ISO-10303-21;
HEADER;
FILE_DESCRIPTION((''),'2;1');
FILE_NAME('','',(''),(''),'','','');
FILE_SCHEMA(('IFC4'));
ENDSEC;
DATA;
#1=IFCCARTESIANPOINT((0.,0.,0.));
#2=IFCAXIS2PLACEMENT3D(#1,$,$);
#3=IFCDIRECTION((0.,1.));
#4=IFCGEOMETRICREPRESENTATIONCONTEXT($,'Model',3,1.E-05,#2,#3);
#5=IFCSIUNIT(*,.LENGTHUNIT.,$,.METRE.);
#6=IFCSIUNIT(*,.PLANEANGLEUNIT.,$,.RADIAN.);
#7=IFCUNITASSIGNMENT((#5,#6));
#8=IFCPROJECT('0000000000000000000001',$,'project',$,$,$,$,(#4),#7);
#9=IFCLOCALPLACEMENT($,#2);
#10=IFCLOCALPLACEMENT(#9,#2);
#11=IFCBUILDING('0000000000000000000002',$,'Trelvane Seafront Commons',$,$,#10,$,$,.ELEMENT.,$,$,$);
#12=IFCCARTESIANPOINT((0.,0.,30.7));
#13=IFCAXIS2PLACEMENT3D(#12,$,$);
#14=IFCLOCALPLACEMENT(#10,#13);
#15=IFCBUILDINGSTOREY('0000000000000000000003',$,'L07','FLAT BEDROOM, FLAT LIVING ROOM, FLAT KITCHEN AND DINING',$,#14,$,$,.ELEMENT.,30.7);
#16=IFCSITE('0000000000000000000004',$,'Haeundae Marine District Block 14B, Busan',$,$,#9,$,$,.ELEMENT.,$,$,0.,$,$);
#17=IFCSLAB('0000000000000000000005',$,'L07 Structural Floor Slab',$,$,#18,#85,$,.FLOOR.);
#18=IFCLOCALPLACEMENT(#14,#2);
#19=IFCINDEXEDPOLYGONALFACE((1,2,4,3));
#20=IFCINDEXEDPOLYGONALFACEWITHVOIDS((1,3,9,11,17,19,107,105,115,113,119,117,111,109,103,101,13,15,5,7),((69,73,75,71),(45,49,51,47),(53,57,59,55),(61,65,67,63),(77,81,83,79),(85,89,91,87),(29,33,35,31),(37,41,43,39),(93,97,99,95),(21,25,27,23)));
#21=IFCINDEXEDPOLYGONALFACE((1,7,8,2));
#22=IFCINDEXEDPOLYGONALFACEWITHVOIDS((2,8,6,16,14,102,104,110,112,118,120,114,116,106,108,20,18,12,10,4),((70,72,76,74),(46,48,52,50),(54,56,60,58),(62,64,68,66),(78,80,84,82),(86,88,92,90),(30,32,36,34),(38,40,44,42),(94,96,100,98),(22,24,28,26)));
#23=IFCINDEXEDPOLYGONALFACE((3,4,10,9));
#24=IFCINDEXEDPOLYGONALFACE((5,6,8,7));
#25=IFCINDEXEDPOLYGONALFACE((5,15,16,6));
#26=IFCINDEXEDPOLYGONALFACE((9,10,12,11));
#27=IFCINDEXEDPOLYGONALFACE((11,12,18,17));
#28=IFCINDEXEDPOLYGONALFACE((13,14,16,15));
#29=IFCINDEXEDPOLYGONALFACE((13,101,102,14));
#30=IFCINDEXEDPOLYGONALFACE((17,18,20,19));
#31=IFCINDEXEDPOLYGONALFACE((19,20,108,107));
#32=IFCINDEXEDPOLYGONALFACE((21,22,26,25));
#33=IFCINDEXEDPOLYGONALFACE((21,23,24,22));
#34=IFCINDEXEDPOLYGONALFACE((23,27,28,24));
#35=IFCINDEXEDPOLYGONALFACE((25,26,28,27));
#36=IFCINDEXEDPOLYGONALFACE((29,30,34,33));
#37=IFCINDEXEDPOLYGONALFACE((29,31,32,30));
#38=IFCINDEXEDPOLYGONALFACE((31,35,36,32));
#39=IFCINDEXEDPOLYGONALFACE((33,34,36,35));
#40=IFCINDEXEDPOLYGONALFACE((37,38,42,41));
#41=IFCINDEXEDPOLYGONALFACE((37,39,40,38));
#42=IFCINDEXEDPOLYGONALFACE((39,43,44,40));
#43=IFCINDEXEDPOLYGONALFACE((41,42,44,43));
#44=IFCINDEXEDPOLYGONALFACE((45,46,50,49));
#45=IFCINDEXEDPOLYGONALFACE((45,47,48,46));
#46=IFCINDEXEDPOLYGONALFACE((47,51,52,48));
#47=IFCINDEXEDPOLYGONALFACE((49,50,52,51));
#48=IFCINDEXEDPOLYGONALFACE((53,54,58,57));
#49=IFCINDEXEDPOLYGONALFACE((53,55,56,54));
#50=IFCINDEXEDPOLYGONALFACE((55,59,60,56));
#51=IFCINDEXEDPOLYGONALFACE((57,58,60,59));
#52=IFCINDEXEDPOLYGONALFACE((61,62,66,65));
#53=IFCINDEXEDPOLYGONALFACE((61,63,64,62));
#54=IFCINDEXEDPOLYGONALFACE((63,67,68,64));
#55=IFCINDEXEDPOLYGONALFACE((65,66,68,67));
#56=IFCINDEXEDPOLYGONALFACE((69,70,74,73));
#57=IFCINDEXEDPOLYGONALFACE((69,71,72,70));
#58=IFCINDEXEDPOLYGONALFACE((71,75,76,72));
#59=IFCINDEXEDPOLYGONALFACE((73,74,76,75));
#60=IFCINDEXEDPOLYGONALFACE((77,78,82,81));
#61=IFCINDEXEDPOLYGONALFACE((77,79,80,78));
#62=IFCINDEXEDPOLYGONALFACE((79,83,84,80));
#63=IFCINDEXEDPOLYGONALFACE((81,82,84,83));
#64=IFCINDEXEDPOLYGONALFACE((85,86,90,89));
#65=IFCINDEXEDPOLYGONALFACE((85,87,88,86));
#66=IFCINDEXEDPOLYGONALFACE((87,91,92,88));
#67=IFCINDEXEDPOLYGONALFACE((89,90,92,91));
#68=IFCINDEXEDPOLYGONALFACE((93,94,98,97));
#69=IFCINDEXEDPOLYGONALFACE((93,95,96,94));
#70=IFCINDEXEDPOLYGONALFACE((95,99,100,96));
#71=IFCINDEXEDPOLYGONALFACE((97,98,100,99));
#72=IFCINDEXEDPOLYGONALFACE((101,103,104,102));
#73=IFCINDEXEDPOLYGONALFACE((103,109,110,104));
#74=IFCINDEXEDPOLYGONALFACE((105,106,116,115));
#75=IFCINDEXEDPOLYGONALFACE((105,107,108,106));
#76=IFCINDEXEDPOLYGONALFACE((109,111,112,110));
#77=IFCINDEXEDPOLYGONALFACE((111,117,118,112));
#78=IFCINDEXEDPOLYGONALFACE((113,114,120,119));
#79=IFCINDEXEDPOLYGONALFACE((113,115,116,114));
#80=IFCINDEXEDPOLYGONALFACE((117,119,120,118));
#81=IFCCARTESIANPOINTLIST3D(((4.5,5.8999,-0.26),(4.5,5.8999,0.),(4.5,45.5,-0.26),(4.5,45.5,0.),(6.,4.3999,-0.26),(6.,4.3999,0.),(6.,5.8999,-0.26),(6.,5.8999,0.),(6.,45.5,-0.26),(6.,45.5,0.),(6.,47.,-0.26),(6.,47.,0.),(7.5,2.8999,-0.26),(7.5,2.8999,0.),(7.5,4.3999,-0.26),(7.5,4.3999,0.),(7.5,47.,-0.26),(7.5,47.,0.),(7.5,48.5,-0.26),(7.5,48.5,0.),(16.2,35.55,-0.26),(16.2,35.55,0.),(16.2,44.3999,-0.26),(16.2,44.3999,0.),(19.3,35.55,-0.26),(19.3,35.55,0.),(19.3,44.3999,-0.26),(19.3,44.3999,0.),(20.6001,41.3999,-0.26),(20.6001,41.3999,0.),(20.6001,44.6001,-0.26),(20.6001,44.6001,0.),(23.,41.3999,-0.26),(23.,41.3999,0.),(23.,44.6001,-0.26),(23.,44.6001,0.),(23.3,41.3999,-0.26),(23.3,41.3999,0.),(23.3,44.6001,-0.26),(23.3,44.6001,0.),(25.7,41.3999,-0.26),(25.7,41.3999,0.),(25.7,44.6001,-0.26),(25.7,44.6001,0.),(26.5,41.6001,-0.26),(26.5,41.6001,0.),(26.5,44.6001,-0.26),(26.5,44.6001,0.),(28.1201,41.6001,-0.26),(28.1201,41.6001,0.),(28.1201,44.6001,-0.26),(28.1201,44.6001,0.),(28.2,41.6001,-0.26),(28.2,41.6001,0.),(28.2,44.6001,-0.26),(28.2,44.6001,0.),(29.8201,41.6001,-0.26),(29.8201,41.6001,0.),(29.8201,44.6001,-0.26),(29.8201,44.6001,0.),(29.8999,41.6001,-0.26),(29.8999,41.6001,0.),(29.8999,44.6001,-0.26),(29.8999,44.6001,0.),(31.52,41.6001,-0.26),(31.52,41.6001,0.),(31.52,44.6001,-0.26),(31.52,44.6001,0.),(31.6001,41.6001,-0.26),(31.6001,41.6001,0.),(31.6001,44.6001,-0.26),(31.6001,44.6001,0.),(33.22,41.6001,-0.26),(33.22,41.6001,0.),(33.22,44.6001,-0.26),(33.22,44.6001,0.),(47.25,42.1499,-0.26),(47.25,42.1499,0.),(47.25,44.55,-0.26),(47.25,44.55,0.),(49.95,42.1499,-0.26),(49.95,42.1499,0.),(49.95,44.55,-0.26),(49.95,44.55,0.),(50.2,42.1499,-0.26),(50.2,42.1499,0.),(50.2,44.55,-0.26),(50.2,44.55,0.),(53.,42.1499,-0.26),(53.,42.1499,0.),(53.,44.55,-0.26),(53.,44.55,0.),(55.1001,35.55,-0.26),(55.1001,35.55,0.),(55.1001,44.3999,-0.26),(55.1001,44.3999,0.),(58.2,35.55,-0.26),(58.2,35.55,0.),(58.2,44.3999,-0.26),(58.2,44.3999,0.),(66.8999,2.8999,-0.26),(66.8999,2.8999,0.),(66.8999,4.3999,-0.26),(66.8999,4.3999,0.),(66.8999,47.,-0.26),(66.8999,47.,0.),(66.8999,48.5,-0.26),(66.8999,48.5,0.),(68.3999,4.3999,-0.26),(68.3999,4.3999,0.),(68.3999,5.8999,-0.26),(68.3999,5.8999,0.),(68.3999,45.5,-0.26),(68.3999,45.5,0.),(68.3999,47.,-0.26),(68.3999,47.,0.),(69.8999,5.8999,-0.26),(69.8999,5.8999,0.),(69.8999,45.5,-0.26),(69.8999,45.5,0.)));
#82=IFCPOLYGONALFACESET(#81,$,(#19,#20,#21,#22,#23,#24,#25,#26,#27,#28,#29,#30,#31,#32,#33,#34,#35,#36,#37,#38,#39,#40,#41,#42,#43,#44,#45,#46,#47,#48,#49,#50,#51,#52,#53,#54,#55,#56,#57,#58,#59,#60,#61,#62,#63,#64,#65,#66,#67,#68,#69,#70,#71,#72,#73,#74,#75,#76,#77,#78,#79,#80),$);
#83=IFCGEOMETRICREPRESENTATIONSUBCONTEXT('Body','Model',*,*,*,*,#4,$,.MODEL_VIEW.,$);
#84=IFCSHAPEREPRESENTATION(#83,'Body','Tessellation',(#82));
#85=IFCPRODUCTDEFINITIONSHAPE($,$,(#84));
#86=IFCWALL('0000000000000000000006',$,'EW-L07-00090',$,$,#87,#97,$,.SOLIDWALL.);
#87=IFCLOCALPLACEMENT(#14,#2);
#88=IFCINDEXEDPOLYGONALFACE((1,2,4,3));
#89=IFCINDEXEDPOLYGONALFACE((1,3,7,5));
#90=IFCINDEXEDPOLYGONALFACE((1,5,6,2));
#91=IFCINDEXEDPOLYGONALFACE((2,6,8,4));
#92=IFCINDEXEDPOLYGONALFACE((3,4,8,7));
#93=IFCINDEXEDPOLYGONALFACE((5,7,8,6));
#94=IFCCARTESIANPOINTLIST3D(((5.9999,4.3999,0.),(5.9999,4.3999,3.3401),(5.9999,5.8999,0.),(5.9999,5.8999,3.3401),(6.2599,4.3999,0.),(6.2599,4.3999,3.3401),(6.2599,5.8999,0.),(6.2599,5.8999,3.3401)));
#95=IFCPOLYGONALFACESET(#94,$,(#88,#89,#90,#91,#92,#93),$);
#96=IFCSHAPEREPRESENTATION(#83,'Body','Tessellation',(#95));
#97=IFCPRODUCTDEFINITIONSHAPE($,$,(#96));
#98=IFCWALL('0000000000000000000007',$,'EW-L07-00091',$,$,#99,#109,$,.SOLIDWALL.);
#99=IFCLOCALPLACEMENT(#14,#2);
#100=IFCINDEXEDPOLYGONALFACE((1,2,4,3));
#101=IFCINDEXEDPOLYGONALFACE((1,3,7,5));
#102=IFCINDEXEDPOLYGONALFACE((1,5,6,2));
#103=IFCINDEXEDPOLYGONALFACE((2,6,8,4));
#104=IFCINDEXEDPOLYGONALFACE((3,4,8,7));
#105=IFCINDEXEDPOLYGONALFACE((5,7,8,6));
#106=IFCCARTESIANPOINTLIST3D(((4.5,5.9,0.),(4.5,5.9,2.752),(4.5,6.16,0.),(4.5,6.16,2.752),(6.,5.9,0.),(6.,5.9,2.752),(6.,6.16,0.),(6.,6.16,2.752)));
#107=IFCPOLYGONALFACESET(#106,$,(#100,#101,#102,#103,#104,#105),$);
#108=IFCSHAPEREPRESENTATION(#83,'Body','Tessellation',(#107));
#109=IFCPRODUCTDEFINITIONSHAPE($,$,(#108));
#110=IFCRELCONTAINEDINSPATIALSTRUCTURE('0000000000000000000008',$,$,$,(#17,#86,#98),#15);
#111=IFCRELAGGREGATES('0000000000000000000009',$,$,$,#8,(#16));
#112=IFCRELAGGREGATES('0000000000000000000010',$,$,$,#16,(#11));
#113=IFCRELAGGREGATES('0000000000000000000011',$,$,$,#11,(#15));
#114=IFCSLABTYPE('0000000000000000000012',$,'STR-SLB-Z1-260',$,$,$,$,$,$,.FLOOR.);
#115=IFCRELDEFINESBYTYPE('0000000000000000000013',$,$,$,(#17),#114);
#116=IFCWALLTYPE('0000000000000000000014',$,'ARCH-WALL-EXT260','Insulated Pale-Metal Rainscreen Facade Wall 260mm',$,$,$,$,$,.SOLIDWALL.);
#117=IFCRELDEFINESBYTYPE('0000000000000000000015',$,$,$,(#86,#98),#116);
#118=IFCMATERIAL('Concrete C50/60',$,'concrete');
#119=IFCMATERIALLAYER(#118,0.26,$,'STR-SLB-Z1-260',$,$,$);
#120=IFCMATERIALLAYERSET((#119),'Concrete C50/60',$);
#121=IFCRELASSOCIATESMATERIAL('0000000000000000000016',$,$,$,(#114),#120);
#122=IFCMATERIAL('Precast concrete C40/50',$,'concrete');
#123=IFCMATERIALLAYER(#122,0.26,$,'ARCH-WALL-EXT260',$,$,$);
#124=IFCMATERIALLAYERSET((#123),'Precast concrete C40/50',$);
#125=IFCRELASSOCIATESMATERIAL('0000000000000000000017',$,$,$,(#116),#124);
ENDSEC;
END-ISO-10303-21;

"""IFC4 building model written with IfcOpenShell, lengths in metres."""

from ifc_helpers import new_model, si_unit, direction, frame, frame_2d, origin, place, context, subcontext, project, spatial, polyline, rectangle, outline, extrude, material, layer, layer_set, type_object, element, save


model = new_model("IFC4")

# Units and contexts
model_context = context("Model", 3, precision=1e-05, world=origin(), true_north=direction((0.0, 1.0)))
body_context = subcontext(model_context, "Body", "Model", "MODEL_VIEW")
ifc_project = project(units=[si_unit("LENGTHUNIT", "METRE"), si_unit("PLANEANGLEUNIT", "RADIAN")], contexts=[model_context])

# Site, building, storey
site_placement = place(None, origin())
site = spatial("IfcSite", under=ifc_project, at=site_placement, Name="Haeundae Marine District Block 14B, Busan", CompositionType="ELEMENT", RefElevation=0.0)
building_placement = place(site_placement, origin())
building = spatial("IfcBuilding", under=site, at=building_placement, Name="Trelvane Seafront Commons", CompositionType="ELEMENT")
storey_placement = place(building_placement, frame((0.0, 0.0, 30.7)))
storey = spatial("IfcBuildingStorey", under=building, at=storey_placement, Name="L07", Description="FLAT BEDROOM, FLAT LIVING ROOM, FLAT KITCHEN AND DINING", CompositionType="ELEMENT", Elevation=30.7)

# Slab
ifc_material_1 = material(Name="Concrete C50/60", Category="concrete")
ifc_layer_1 = layer(ifc_material_1, 0.26, Name="STR-SLB-Z1-260")
ifc_layer_set_1 = layer_set([ifc_layer_1], Name="Concrete C50/60")
slab_type_1 = type_object("IfcSlabType", Name="STR-SLB-Z1-260", PredefinedType="FLOOR", material=ifc_layer_set_1)
slab_1_placement = place(storey_placement, frame((0.0, 0.0, -0.26)))
element("IfcSlab", 1, at=slab_1_placement, inside=storey, type_object=slab_type_1, Name="L07 Structural Floor Slab", PredefinedType="FLOOR", context=body_context, shape_type="SweptSolid", body=[
    extrude(outline(polyline([(7.5, 2.8999), (66.8999, 2.8999), (66.8999, 4.3999), (68.3999, 4.3999), (68.3999, 5.8999), (69.8999, 5.8999), (69.8999, 45.5), (68.3999, 45.5), (68.3999, 47.0), (66.8999, 47.0), (66.8999, 48.5), (7.5, 48.5), (7.5, 47.0), (6.0, 47.0), (6.0, 45.5), (4.5, 45.5), (4.5, 5.8999), (6.0, 5.8999), (6.0, 4.3999), (7.5, 4.3999), (7.5, 2.8999)]), holes=[polyline([(19.3, 35.55), (16.2, 35.55), (16.2, 44.3999), (19.3, 44.3999), (19.3, 35.55)]), polyline([(58.2, 35.55), (55.1001, 35.55), (55.1001, 44.3999), (58.2, 44.3999), (58.2, 35.55)]), polyline([(23.0, 41.3999), (20.6001, 41.3999), (20.6001, 44.6001), (23.0, 44.6001), (23.0, 41.3999)]), polyline([(23.3, 41.3999), (23.3, 44.6001), (25.7, 44.6001), (25.7, 41.3999), (23.3, 41.3999)]), polyline([(26.5, 41.6001), (26.5, 44.6001), (28.1201, 44.6001), (28.1201, 41.6001), (26.5, 41.6001)]), polyline([(29.8201, 41.6001), (28.2, 41.6001), (28.2, 44.6001), (29.8201, 44.6001), (29.8201, 41.6001)]), polyline([(31.52, 41.6001), (29.8999, 41.6001), (29.8999, 44.6001), (31.52, 44.6001), (31.52, 41.6001)]), polyline([(33.22, 41.6001), (31.6001, 41.6001), (31.6001, 44.6001), (33.22, 44.6001), (33.22, 41.6001)]), polyline([(47.25, 42.1499), (47.25, 44.55), (49.95, 44.55), (49.95, 42.1499), (47.25, 42.1499)]), polyline([(50.2, 42.1499), (50.2, 44.55), (53.0, 44.55), (53.0, 42.1499), (50.2, 42.1499)])]), origin(), (0.0, 0.0, 1.0), 0.26),
])

# Walls
ifc_material_2 = material(Name="Precast concrete C40/50", Category="concrete")
ifc_layer_2 = layer(ifc_material_2, 0.26, Name="ARCH-WALL-EXT260")
ifc_layer_set_2 = layer_set([ifc_layer_2], Name="Precast concrete C40/50")
wall_type_1 = type_object("IfcWallType", Name="ARCH-WALL-EXT260", Description="Insulated Pale-Metal Rainscreen Facade Wall 260mm", PredefinedType="SOLIDWALL", material=ifc_layer_set_2)
wall_1_placement = place(storey_placement, frame((6.1299, 4.3999, 0.0), z_axis=(0.0, 0.0, 1.0), x_axis=(0.0, 1.0, 0.0)))
element("IfcWall", 2, at=wall_1_placement, inside=storey, type_object=wall_type_1, Name="EW-L07-00090", PredefinedType="SOLIDWALL", context=body_context, shape_type="SweptSolid", body=[
    extrude(rectangle(XDim=1.5, YDim=0.26, at=frame_2d((0.75, 0.0))), origin(), (0.0, 0.0, 1.0), 3.3401),
])
wall_2_placement = place(storey_placement, frame((6.0, 6.03, 0.0), z_axis=(0.0, 0.0, 1.0), x_axis=(-1.0, 0.0, 0.0)))
element("IfcWall", 3, at=wall_2_placement, inside=storey, type_object=wall_type_1, Name="EW-L07-00091", PredefinedType="SOLIDWALL", context=body_context, shape_type="SweptSolid", body=[
    extrude(rectangle(XDim=1.5, YDim=0.26, at=frame_2d((0.75, 0.0))), origin(), (0.0, 0.0, 1.0), 2.752),
])

save(model, "model.ifc")
